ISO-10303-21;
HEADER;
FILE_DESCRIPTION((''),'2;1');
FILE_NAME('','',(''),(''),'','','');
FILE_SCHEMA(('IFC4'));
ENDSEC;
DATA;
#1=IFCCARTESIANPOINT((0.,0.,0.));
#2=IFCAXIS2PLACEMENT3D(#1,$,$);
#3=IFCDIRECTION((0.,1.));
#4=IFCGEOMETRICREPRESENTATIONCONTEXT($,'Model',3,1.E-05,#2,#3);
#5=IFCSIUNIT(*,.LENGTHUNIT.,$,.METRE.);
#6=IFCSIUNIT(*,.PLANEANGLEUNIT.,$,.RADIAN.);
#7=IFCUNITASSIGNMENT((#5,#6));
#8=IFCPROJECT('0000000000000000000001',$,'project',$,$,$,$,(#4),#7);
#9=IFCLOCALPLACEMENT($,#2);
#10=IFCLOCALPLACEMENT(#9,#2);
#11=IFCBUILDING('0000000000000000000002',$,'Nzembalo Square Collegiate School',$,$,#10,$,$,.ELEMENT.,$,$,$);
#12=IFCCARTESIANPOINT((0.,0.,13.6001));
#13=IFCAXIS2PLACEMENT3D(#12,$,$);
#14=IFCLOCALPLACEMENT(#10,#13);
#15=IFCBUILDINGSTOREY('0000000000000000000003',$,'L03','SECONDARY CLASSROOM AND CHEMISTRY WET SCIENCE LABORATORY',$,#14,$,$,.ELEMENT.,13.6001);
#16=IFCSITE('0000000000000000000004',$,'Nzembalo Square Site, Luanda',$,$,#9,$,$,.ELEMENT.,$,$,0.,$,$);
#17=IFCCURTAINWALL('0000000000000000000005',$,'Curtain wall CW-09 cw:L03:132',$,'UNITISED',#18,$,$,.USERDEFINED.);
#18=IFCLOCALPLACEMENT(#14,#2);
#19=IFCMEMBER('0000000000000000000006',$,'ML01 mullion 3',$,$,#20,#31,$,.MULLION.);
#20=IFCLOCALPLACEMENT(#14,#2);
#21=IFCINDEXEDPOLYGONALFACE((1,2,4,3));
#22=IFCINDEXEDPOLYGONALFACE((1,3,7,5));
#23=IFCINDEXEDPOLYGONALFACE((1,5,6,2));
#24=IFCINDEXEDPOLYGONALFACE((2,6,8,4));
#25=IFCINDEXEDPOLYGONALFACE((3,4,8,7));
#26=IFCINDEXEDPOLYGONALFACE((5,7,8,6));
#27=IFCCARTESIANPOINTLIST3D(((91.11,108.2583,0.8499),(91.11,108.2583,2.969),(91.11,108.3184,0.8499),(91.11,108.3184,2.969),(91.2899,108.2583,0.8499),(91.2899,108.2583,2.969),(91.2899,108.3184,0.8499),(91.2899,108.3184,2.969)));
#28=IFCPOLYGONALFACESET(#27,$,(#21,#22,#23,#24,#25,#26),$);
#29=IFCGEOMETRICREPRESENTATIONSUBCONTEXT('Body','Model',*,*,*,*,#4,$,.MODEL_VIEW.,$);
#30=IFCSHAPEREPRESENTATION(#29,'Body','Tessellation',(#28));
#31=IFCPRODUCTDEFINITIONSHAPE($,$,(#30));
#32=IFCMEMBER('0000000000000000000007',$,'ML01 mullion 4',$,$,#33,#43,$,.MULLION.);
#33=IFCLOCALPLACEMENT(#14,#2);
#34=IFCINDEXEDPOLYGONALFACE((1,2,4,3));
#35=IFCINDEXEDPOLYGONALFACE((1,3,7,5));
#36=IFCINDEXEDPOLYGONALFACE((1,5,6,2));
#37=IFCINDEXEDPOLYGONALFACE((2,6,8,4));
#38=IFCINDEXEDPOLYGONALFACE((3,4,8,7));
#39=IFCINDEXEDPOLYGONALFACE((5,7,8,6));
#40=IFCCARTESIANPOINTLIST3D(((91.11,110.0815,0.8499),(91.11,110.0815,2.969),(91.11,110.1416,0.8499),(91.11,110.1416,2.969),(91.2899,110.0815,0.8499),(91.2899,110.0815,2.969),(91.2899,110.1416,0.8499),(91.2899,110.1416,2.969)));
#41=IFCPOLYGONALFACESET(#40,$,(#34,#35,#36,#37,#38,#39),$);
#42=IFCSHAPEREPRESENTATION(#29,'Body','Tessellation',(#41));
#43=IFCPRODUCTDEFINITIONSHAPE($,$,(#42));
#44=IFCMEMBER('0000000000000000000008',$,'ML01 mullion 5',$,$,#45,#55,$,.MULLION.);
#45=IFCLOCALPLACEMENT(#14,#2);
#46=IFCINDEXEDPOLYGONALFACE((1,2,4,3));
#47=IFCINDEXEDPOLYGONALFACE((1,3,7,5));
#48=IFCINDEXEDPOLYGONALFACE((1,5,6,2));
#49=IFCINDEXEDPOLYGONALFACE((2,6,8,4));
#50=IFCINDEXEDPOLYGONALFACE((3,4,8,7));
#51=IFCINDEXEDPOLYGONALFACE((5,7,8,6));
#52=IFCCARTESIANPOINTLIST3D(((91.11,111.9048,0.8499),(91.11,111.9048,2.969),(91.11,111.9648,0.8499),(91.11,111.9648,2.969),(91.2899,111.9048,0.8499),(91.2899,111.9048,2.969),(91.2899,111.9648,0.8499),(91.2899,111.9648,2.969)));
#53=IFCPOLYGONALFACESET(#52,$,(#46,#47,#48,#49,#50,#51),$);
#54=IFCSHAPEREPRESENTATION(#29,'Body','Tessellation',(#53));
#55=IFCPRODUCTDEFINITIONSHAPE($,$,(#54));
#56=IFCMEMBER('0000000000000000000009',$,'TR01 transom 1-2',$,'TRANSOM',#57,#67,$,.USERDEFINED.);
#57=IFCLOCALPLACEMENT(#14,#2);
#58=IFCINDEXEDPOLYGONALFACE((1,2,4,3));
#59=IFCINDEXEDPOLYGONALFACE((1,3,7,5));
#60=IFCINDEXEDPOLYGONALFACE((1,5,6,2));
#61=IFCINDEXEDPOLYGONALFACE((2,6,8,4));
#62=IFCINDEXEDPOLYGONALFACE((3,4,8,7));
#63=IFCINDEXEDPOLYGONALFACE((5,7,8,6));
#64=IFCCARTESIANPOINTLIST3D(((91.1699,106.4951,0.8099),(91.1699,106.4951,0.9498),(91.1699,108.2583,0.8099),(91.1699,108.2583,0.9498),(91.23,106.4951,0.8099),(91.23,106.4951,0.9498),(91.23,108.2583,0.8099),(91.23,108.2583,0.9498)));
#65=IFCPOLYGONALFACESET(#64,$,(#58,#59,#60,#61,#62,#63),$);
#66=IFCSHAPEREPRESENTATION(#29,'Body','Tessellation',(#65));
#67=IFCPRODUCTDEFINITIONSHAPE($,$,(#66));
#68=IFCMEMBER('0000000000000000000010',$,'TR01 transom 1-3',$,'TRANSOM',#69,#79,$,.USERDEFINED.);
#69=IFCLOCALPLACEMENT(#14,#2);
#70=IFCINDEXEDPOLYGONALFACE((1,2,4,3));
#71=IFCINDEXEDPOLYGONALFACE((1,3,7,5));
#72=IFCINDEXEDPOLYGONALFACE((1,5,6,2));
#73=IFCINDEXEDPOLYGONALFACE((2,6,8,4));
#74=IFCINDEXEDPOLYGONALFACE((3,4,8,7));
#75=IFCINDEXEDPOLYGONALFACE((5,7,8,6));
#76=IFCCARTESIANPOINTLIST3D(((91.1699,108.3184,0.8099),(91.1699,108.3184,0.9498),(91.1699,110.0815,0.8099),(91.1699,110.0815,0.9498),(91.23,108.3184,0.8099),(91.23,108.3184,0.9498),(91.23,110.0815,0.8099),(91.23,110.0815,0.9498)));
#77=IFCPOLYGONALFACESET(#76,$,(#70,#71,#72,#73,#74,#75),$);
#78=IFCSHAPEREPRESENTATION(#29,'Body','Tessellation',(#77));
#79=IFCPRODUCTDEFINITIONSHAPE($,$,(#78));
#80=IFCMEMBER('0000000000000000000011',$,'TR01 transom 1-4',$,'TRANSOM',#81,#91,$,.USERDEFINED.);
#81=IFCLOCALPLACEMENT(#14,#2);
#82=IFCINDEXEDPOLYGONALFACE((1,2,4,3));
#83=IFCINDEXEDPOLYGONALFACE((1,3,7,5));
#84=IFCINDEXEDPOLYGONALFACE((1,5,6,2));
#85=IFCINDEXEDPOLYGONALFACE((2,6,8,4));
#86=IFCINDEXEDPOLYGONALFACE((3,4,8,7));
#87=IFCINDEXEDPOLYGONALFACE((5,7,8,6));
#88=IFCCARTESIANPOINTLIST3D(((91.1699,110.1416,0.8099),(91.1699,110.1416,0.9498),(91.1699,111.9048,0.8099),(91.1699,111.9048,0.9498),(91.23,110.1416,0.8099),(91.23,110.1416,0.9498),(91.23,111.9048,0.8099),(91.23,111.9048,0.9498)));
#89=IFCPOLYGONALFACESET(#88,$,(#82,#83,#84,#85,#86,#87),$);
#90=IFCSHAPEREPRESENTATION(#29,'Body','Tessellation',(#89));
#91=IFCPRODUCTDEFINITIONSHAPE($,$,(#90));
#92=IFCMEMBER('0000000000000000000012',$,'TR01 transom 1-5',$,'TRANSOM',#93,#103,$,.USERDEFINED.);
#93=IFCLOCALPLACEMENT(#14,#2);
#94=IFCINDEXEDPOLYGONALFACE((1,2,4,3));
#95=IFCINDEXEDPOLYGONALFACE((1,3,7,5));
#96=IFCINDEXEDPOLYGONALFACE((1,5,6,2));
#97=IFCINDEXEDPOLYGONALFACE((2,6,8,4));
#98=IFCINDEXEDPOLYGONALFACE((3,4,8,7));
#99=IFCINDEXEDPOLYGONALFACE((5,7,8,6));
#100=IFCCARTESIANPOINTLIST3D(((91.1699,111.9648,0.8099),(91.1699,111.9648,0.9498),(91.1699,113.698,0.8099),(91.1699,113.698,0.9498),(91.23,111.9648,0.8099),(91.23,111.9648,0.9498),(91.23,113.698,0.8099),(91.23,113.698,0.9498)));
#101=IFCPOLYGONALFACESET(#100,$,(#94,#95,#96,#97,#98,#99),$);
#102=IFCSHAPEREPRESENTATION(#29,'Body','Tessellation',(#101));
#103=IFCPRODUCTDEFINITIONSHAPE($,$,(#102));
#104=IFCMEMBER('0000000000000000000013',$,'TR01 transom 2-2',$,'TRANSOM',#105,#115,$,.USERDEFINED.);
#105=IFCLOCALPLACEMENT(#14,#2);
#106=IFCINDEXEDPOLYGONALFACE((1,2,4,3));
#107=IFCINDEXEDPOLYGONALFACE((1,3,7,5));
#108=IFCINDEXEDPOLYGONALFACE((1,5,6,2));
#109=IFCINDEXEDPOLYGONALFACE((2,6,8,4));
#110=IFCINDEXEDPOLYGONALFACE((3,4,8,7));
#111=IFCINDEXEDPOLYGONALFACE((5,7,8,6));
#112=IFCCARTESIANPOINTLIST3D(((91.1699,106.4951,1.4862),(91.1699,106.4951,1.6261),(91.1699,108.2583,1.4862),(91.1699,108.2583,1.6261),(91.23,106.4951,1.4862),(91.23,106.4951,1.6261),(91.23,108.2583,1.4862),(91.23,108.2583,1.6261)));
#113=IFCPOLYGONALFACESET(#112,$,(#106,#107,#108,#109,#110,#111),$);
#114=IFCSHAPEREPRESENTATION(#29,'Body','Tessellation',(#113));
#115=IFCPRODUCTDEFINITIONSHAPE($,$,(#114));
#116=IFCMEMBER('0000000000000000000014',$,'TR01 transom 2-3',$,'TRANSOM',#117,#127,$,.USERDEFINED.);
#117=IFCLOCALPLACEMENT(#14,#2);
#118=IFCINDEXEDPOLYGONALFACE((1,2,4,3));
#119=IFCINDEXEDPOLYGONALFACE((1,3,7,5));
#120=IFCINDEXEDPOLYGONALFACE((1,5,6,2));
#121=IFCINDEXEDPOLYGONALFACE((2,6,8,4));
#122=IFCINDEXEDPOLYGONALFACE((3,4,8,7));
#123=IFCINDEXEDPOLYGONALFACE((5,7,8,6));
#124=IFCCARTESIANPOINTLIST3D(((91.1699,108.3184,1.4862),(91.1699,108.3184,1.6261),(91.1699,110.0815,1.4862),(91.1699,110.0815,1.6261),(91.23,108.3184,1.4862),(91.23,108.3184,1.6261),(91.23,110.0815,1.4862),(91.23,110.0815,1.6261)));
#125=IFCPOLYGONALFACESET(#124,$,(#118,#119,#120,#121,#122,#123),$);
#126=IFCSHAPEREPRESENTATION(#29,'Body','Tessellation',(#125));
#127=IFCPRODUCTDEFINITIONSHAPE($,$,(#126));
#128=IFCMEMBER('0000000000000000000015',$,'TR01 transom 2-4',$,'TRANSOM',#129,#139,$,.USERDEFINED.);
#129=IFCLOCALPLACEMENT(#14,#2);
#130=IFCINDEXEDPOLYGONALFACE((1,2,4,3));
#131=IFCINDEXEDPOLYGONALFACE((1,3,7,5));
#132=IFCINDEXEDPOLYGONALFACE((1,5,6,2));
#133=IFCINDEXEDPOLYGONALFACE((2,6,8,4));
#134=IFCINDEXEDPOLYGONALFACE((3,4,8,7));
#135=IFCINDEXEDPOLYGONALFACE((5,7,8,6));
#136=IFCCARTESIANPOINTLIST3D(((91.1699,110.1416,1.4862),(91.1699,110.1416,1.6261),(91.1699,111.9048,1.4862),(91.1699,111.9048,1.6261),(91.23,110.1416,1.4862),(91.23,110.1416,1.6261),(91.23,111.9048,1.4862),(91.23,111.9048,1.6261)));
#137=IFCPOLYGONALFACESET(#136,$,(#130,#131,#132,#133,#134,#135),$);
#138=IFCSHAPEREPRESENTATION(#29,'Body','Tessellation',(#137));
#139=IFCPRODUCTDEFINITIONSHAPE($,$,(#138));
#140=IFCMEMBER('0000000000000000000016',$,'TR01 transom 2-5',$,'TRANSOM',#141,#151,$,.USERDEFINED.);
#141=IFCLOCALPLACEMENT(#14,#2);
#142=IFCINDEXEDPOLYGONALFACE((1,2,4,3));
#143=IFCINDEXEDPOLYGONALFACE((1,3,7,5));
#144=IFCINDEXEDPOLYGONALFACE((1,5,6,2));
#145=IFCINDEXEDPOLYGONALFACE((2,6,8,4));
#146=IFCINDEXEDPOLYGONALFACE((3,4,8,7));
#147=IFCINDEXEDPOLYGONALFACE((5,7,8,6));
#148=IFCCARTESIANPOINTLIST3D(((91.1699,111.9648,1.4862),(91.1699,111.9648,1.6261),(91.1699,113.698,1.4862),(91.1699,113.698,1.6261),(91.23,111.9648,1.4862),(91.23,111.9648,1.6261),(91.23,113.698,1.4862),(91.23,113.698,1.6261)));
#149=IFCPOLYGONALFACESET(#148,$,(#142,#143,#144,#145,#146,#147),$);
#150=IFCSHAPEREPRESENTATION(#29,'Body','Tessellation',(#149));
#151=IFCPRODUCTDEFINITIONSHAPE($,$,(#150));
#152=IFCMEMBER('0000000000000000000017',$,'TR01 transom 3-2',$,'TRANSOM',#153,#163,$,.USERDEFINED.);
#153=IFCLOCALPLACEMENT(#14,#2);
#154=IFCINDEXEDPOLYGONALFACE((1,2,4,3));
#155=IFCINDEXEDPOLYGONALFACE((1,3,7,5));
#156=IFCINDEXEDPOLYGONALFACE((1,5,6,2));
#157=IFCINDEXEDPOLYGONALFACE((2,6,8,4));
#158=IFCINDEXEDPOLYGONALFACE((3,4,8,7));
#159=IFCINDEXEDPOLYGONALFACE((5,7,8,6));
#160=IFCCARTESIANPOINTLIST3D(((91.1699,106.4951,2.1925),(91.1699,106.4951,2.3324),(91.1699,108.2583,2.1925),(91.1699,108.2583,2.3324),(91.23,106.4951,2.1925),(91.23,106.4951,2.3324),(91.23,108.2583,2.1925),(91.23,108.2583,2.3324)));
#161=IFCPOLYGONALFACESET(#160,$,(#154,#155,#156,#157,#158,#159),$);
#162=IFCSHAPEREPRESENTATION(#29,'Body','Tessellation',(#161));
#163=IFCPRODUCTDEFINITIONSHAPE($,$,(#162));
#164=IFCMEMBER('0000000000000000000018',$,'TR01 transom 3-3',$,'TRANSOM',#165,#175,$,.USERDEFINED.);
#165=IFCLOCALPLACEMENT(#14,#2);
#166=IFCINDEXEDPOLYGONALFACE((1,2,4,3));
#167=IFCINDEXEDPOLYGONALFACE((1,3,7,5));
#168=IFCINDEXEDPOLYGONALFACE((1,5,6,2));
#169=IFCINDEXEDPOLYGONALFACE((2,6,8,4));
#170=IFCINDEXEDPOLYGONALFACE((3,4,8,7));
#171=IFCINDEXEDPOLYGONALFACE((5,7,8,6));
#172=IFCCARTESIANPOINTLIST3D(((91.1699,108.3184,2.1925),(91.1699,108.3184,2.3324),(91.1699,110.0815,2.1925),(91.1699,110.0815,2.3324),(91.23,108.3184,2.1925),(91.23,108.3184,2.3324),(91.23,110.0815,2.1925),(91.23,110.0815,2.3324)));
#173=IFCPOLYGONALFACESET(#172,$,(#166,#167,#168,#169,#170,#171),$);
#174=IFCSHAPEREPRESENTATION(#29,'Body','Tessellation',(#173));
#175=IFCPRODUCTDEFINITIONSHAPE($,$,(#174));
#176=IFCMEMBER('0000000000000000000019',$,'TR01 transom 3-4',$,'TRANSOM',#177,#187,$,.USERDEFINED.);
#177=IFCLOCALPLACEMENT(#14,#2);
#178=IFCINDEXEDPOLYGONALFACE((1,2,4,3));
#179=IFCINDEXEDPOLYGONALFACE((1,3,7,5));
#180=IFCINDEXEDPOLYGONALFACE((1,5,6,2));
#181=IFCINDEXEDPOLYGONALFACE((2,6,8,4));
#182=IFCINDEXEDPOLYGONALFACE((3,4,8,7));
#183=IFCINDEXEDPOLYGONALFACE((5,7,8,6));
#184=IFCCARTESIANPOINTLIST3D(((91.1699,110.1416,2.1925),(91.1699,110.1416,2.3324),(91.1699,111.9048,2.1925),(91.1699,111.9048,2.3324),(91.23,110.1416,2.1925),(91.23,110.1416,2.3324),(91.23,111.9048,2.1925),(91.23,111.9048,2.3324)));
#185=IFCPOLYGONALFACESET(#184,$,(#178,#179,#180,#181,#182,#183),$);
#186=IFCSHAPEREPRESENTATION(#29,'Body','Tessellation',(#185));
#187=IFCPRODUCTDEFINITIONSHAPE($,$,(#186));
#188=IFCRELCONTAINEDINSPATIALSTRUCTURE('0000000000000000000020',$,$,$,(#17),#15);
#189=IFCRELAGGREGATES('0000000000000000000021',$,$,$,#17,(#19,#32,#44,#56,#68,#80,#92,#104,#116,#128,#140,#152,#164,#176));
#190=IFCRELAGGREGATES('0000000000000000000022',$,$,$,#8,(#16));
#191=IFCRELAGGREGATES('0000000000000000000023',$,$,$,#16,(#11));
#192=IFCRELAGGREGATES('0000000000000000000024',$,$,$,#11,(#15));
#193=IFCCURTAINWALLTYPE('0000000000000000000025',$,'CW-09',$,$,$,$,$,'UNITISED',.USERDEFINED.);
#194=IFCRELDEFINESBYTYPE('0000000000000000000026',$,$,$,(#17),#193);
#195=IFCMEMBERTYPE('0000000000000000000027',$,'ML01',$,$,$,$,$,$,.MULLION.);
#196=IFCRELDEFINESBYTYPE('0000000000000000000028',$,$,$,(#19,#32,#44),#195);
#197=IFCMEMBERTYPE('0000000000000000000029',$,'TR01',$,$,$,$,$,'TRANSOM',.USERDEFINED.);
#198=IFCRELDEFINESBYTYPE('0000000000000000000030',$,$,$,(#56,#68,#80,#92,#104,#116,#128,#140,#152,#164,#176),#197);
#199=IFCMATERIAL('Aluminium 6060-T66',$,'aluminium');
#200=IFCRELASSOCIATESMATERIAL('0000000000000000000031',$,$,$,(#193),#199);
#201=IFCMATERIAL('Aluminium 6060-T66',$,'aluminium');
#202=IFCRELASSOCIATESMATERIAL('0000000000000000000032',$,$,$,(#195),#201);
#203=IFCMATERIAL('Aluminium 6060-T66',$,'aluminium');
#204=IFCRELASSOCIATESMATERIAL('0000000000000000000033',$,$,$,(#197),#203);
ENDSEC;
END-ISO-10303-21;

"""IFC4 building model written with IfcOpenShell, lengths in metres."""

from ifc_helpers import new_model, si_unit, direction, frame, origin, origin_2d, place, context, subcontext, project, spatial, rectangle, extrude, material, material_profile, profile_set, type_object, element, aggregate, save


model = new_model("IFC4")

# Units and contexts
model_context = context("Model", 3, precision=1e-05, world=origin(), true_north=direction((0.0, 1.0)))
body_context = subcontext(model_context, "Body", "Model", "MODEL_VIEW")
ifc_project = project(units=[si_unit("LENGTHUNIT", "METRE"), si_unit("PLANEANGLEUNIT", "RADIAN")], contexts=[model_context])

# Site, building, storey
site_placement = place(None, origin())
site = spatial("IfcSite", under=ifc_project, at=site_placement, Name="Nzembalo Square Site, Luanda", CompositionType="ELEMENT", RefElevation=0.0)
building_placement = place(site_placement, origin())
building = spatial("IfcBuilding", under=site, at=building_placement, Name="Nzembalo Square Collegiate School", CompositionType="ELEMENT")
storey_placement = place(building_placement, frame((0.0, 0.0, 13.6001)))
storey = spatial("IfcBuildingStorey", under=building, at=storey_placement, Name="L03", Description="SECONDARY CLASSROOM AND CHEMISTRY WET SCIENCE LABORATORY", CompositionType="ELEMENT", Elevation=13.6001)

# Curtain wall, members
ifc_material_1 = material(Name="Aluminium 6060-T66", Category="aluminium")
curtain_wall_type = type_object("IfcCurtainWallType", Name="CW-09", ElementType="UNITISED", PredefinedType="USERDEFINED", material=ifc_material_1)
curtain_wall_placement = place(storey_placement, origin())
curtain_wall = element("IfcCurtainWall", 1, at=curtain_wall_placement, inside=storey, type_object=curtain_wall_type, Name="Curtain wall CW-09 cw:L03:132", ObjectType="UNITISED", PredefinedType="USERDEFINED")
ifc_material_2 = material(Name="Aluminium 6060-T66", Category="aluminium")
ifc_material_profile_1 = material_profile(ifc_material_2, rectangle(XDim=0.0601, YDim=0.1799, at=origin_2d()), Name="ALU M60x180")
ifc_profile_set_1 = profile_set([ifc_material_profile_1], Name="Aluminium 6060-T66")
member_type_1 = type_object("IfcMemberType", Name="ML01", PredefinedType="MULLION", material=ifc_profile_set_1)
member_1_placement = place(storey_placement, frame((91.2, 108.2883, 0.8499), z_axis=(0.0, 0.0, 1.0), x_axis=(0.0, 1.0, 0.0)))
member_1 = element("IfcMember", 2, at=member_1_placement, type_object=member_type_1, Name="ML01 mullion 3", PredefinedType="MULLION", context=body_context, shape_type="SweptSolid", body=[
    extrude(rectangle(XDim=0.0601, YDim=0.1799, at=origin_2d()), origin(), (0.0, 0.0, 1.0), 2.1191),
])
member_2_placement = place(storey_placement, frame((91.2, 110.1116, 0.8499), z_axis=(0.0, 0.0, 1.0), x_axis=(0.0, 1.0, 0.0)))
member_2 = element("IfcMember", 3, at=member_2_placement, type_object=member_type_1, Name="ML01 mullion 4", PredefinedType="MULLION", context=body_context, shape_type="SweptSolid", body=[
    extrude(rectangle(XDim=0.0601, YDim=0.1799, at=origin_2d()), origin(), (0.0, 0.0, 1.0), 2.1191),
])
member_3_placement = place(storey_placement, frame((91.2, 111.9348, 0.8499), z_axis=(0.0, 0.0, 1.0), x_axis=(0.0, 1.0, 0.0)))
member_3 = element("IfcMember", 4, at=member_3_placement, type_object=member_type_1, Name="ML01 mullion 5", PredefinedType="MULLION", context=body_context, shape_type="SweptSolid", body=[
    extrude(rectangle(XDim=0.0601, YDim=0.1799, at=origin_2d()), origin(), (0.0, 0.0, 1.0), 2.1191),
])
ifc_material_3 = material(Name="Aluminium 6060-T66", Category="aluminium")
ifc_material_profile_2 = material_profile(ifc_material_3, rectangle(XDim=0.0601, YDim=0.1399, at=origin_2d()), Name="ALU T60x140")
ifc_profile_set_2 = profile_set([ifc_material_profile_2], Name="Aluminium 6060-T66")
member_type_2 = type_object("IfcMemberType", Name="TR01", ElementType="TRANSOM", PredefinedType="USERDEFINED", material=ifc_profile_set_2)
member_4_placement = place(storey_placement, frame((91.2, 106.4951, 0.8799), z_axis=(0.0, 1.0, 0.0), x_axis=(-1.0, 0.0, 0.0)))
member_4 = element("IfcMember", 5, at=member_4_placement, type_object=member_type_2, Name="TR01 transom 1-2", ObjectType="TRANSOM", PredefinedType="USERDEFINED", context=body_context, shape_type="SweptSolid", body=[
    extrude(rectangle(XDim=0.0601, YDim=0.1399, at=origin_2d()), origin(), (0.0, 0.0, 1.0), 1.7632),
])
member_5_placement = place(storey_placement, frame((91.2, 108.3184, 0.8799), z_axis=(0.0, 1.0, 0.0), x_axis=(-1.0, 0.0, 0.0)))
member_5 = element("IfcMember", 6, at=member_5_placement, type_object=member_type_2, Name="TR01 transom 1-3", ObjectType="TRANSOM", PredefinedType="USERDEFINED", context=body_context, shape_type="SweptSolid", body=[
    extrude(rectangle(XDim=0.0601, YDim=0.1399, at=origin_2d()), origin(), (0.0, 0.0, 1.0), 1.7632),
])
member_6_placement = place(storey_placement, frame((91.2, 110.1416, 0.8799), z_axis=(0.0, 1.0, 0.0), x_axis=(-1.0, 0.0, 0.0)))
member_6 = element("IfcMember", 7, at=member_6_placement, type_object=member_type_2, Name="TR01 transom 1-4", ObjectType="TRANSOM", PredefinedType="USERDEFINED", context=body_context, shape_type="SweptSolid", body=[
    extrude(rectangle(XDim=0.0601, YDim=0.1399, at=origin_2d()), origin(), (0.0, 0.0, 1.0), 1.7632),
])
member_7_placement = place(storey_placement, frame((91.2, 111.9648, 0.8799), z_axis=(0.0, 1.0, 0.0), x_axis=(-1.0, 0.0, 0.0)))
member_7 = element("IfcMember", 8, at=member_7_placement, type_object=member_type_2, Name="TR01 transom 1-5", ObjectType="TRANSOM", PredefinedType="USERDEFINED", context=body_context, shape_type="SweptSolid", body=[
    extrude(rectangle(XDim=0.0601, YDim=0.1399, at=origin_2d()), origin(), (0.0, 0.0, 1.0), 1.7332),
])
member_8_placement = place(storey_placement, frame((91.2, 106.4951, 1.5562), z_axis=(0.0, 1.0, 0.0), x_axis=(-1.0, 0.0, 0.0)))
member_8 = element("IfcMember", 9, at=member_8_placement, type_object=member_type_2, Name="TR01 transom 2-2", ObjectType="TRANSOM", PredefinedType="USERDEFINED", context=body_context, shape_type="SweptSolid", body=[
    extrude(rectangle(XDim=0.0601, YDim=0.1399, at=origin_2d()), origin(), (0.0, 0.0, 1.0), 1.7632),
])
member_9_placement = place(storey_placement, frame((91.2, 108.3184, 1.5562), z_axis=(0.0, 1.0, 0.0), x_axis=(-1.0, 0.0, 0.0)))
member_9 = element("IfcMember", 10, at=member_9_placement, type_object=member_type_2, Name="TR01 transom 2-3", ObjectType="TRANSOM", PredefinedType="USERDEFINED", context=body_context, shape_type="SweptSolid", body=[
    extrude(rectangle(XDim=0.0601, YDim=0.1399, at=origin_2d()), origin(), (0.0, 0.0, 1.0), 1.7632),
])
member_10_placement = place(storey_placement, frame((91.2, 110.1416, 1.5562), z_axis=(0.0, 1.0, 0.0), x_axis=(-1.0, 0.0, 0.0)))
member_10 = element("IfcMember", 11, at=member_10_placement, type_object=member_type_2, Name="TR01 transom 2-4", ObjectType="TRANSOM", PredefinedType="USERDEFINED", context=body_context, shape_type="SweptSolid", body=[
    extrude(rectangle(XDim=0.0601, YDim=0.1399, at=origin_2d()), origin(), (0.0, 0.0, 1.0), 1.7632),
])
member_11_placement = place(storey_placement, frame((91.2, 111.9648, 1.5562), z_axis=(0.0, 1.0, 0.0), x_axis=(-1.0, 0.0, 0.0)))
member_11 = element("IfcMember", 12, at=member_11_placement, type_object=member_type_2, Name="TR01 transom 2-5", ObjectType="TRANSOM", PredefinedType="USERDEFINED", context=body_context, shape_type="SweptSolid", body=[
    extrude(rectangle(XDim=0.0601, YDim=0.1399, at=origin_2d()), origin(), (0.0, 0.0, 1.0), 1.7332),
])
member_12_placement = place(storey_placement, frame((91.2, 106.4951, 2.2625), z_axis=(0.0, 1.0, 0.0), x_axis=(-1.0, 0.0, 0.0)))
member_12 = element("IfcMember", 13, at=member_12_placement, type_object=member_type_2, Name="TR01 transom 3-2", ObjectType="TRANSOM", PredefinedType="USERDEFINED", context=body_context, shape_type="SweptSolid", body=[
    extrude(rectangle(XDim=0.0601, YDim=0.1399, at=origin_2d()), origin(), (0.0, 0.0, 1.0), 1.7632),
])
member_13_placement = place(storey_placement, frame((91.2, 108.3184, 2.2625), z_axis=(0.0, 1.0, 0.0), x_axis=(-1.0, 0.0, 0.0)))
member_13 = element("IfcMember", 14, at=member_13_placement, type_object=member_type_2, Name="TR01 transom 3-3", ObjectType="TRANSOM", PredefinedType="USERDEFINED", context=body_context, shape_type="SweptSolid", body=[
    extrude(rectangle(XDim=0.0601, YDim=0.1399, at=origin_2d()), origin(), (0.0, 0.0, 1.0), 1.7632),
])
member_14_placement = place(storey_placement, frame((91.2, 110.1416, 2.2625), z_axis=(0.0, 1.0, 0.0), x_axis=(-1.0, 0.0, 0.0)))
member_14 = element("IfcMember", 15, at=member_14_placement, type_object=member_type_2, Name="TR01 transom 3-4", ObjectType="TRANSOM", PredefinedType="USERDEFINED", context=body_context, shape_type="SweptSolid", body=[
    extrude(rectangle(XDim=0.0601, YDim=0.1399, at=origin_2d()), origin(), (0.0, 0.0, 1.0), 1.7632),
])
aggregate(curtain_wall, [member_1, member_2, member_3, member_4, member_5, member_6, member_7, member_8, member_9, member_10, member_11, member_12, member_13, member_14])

save(model, "model.ifc")
